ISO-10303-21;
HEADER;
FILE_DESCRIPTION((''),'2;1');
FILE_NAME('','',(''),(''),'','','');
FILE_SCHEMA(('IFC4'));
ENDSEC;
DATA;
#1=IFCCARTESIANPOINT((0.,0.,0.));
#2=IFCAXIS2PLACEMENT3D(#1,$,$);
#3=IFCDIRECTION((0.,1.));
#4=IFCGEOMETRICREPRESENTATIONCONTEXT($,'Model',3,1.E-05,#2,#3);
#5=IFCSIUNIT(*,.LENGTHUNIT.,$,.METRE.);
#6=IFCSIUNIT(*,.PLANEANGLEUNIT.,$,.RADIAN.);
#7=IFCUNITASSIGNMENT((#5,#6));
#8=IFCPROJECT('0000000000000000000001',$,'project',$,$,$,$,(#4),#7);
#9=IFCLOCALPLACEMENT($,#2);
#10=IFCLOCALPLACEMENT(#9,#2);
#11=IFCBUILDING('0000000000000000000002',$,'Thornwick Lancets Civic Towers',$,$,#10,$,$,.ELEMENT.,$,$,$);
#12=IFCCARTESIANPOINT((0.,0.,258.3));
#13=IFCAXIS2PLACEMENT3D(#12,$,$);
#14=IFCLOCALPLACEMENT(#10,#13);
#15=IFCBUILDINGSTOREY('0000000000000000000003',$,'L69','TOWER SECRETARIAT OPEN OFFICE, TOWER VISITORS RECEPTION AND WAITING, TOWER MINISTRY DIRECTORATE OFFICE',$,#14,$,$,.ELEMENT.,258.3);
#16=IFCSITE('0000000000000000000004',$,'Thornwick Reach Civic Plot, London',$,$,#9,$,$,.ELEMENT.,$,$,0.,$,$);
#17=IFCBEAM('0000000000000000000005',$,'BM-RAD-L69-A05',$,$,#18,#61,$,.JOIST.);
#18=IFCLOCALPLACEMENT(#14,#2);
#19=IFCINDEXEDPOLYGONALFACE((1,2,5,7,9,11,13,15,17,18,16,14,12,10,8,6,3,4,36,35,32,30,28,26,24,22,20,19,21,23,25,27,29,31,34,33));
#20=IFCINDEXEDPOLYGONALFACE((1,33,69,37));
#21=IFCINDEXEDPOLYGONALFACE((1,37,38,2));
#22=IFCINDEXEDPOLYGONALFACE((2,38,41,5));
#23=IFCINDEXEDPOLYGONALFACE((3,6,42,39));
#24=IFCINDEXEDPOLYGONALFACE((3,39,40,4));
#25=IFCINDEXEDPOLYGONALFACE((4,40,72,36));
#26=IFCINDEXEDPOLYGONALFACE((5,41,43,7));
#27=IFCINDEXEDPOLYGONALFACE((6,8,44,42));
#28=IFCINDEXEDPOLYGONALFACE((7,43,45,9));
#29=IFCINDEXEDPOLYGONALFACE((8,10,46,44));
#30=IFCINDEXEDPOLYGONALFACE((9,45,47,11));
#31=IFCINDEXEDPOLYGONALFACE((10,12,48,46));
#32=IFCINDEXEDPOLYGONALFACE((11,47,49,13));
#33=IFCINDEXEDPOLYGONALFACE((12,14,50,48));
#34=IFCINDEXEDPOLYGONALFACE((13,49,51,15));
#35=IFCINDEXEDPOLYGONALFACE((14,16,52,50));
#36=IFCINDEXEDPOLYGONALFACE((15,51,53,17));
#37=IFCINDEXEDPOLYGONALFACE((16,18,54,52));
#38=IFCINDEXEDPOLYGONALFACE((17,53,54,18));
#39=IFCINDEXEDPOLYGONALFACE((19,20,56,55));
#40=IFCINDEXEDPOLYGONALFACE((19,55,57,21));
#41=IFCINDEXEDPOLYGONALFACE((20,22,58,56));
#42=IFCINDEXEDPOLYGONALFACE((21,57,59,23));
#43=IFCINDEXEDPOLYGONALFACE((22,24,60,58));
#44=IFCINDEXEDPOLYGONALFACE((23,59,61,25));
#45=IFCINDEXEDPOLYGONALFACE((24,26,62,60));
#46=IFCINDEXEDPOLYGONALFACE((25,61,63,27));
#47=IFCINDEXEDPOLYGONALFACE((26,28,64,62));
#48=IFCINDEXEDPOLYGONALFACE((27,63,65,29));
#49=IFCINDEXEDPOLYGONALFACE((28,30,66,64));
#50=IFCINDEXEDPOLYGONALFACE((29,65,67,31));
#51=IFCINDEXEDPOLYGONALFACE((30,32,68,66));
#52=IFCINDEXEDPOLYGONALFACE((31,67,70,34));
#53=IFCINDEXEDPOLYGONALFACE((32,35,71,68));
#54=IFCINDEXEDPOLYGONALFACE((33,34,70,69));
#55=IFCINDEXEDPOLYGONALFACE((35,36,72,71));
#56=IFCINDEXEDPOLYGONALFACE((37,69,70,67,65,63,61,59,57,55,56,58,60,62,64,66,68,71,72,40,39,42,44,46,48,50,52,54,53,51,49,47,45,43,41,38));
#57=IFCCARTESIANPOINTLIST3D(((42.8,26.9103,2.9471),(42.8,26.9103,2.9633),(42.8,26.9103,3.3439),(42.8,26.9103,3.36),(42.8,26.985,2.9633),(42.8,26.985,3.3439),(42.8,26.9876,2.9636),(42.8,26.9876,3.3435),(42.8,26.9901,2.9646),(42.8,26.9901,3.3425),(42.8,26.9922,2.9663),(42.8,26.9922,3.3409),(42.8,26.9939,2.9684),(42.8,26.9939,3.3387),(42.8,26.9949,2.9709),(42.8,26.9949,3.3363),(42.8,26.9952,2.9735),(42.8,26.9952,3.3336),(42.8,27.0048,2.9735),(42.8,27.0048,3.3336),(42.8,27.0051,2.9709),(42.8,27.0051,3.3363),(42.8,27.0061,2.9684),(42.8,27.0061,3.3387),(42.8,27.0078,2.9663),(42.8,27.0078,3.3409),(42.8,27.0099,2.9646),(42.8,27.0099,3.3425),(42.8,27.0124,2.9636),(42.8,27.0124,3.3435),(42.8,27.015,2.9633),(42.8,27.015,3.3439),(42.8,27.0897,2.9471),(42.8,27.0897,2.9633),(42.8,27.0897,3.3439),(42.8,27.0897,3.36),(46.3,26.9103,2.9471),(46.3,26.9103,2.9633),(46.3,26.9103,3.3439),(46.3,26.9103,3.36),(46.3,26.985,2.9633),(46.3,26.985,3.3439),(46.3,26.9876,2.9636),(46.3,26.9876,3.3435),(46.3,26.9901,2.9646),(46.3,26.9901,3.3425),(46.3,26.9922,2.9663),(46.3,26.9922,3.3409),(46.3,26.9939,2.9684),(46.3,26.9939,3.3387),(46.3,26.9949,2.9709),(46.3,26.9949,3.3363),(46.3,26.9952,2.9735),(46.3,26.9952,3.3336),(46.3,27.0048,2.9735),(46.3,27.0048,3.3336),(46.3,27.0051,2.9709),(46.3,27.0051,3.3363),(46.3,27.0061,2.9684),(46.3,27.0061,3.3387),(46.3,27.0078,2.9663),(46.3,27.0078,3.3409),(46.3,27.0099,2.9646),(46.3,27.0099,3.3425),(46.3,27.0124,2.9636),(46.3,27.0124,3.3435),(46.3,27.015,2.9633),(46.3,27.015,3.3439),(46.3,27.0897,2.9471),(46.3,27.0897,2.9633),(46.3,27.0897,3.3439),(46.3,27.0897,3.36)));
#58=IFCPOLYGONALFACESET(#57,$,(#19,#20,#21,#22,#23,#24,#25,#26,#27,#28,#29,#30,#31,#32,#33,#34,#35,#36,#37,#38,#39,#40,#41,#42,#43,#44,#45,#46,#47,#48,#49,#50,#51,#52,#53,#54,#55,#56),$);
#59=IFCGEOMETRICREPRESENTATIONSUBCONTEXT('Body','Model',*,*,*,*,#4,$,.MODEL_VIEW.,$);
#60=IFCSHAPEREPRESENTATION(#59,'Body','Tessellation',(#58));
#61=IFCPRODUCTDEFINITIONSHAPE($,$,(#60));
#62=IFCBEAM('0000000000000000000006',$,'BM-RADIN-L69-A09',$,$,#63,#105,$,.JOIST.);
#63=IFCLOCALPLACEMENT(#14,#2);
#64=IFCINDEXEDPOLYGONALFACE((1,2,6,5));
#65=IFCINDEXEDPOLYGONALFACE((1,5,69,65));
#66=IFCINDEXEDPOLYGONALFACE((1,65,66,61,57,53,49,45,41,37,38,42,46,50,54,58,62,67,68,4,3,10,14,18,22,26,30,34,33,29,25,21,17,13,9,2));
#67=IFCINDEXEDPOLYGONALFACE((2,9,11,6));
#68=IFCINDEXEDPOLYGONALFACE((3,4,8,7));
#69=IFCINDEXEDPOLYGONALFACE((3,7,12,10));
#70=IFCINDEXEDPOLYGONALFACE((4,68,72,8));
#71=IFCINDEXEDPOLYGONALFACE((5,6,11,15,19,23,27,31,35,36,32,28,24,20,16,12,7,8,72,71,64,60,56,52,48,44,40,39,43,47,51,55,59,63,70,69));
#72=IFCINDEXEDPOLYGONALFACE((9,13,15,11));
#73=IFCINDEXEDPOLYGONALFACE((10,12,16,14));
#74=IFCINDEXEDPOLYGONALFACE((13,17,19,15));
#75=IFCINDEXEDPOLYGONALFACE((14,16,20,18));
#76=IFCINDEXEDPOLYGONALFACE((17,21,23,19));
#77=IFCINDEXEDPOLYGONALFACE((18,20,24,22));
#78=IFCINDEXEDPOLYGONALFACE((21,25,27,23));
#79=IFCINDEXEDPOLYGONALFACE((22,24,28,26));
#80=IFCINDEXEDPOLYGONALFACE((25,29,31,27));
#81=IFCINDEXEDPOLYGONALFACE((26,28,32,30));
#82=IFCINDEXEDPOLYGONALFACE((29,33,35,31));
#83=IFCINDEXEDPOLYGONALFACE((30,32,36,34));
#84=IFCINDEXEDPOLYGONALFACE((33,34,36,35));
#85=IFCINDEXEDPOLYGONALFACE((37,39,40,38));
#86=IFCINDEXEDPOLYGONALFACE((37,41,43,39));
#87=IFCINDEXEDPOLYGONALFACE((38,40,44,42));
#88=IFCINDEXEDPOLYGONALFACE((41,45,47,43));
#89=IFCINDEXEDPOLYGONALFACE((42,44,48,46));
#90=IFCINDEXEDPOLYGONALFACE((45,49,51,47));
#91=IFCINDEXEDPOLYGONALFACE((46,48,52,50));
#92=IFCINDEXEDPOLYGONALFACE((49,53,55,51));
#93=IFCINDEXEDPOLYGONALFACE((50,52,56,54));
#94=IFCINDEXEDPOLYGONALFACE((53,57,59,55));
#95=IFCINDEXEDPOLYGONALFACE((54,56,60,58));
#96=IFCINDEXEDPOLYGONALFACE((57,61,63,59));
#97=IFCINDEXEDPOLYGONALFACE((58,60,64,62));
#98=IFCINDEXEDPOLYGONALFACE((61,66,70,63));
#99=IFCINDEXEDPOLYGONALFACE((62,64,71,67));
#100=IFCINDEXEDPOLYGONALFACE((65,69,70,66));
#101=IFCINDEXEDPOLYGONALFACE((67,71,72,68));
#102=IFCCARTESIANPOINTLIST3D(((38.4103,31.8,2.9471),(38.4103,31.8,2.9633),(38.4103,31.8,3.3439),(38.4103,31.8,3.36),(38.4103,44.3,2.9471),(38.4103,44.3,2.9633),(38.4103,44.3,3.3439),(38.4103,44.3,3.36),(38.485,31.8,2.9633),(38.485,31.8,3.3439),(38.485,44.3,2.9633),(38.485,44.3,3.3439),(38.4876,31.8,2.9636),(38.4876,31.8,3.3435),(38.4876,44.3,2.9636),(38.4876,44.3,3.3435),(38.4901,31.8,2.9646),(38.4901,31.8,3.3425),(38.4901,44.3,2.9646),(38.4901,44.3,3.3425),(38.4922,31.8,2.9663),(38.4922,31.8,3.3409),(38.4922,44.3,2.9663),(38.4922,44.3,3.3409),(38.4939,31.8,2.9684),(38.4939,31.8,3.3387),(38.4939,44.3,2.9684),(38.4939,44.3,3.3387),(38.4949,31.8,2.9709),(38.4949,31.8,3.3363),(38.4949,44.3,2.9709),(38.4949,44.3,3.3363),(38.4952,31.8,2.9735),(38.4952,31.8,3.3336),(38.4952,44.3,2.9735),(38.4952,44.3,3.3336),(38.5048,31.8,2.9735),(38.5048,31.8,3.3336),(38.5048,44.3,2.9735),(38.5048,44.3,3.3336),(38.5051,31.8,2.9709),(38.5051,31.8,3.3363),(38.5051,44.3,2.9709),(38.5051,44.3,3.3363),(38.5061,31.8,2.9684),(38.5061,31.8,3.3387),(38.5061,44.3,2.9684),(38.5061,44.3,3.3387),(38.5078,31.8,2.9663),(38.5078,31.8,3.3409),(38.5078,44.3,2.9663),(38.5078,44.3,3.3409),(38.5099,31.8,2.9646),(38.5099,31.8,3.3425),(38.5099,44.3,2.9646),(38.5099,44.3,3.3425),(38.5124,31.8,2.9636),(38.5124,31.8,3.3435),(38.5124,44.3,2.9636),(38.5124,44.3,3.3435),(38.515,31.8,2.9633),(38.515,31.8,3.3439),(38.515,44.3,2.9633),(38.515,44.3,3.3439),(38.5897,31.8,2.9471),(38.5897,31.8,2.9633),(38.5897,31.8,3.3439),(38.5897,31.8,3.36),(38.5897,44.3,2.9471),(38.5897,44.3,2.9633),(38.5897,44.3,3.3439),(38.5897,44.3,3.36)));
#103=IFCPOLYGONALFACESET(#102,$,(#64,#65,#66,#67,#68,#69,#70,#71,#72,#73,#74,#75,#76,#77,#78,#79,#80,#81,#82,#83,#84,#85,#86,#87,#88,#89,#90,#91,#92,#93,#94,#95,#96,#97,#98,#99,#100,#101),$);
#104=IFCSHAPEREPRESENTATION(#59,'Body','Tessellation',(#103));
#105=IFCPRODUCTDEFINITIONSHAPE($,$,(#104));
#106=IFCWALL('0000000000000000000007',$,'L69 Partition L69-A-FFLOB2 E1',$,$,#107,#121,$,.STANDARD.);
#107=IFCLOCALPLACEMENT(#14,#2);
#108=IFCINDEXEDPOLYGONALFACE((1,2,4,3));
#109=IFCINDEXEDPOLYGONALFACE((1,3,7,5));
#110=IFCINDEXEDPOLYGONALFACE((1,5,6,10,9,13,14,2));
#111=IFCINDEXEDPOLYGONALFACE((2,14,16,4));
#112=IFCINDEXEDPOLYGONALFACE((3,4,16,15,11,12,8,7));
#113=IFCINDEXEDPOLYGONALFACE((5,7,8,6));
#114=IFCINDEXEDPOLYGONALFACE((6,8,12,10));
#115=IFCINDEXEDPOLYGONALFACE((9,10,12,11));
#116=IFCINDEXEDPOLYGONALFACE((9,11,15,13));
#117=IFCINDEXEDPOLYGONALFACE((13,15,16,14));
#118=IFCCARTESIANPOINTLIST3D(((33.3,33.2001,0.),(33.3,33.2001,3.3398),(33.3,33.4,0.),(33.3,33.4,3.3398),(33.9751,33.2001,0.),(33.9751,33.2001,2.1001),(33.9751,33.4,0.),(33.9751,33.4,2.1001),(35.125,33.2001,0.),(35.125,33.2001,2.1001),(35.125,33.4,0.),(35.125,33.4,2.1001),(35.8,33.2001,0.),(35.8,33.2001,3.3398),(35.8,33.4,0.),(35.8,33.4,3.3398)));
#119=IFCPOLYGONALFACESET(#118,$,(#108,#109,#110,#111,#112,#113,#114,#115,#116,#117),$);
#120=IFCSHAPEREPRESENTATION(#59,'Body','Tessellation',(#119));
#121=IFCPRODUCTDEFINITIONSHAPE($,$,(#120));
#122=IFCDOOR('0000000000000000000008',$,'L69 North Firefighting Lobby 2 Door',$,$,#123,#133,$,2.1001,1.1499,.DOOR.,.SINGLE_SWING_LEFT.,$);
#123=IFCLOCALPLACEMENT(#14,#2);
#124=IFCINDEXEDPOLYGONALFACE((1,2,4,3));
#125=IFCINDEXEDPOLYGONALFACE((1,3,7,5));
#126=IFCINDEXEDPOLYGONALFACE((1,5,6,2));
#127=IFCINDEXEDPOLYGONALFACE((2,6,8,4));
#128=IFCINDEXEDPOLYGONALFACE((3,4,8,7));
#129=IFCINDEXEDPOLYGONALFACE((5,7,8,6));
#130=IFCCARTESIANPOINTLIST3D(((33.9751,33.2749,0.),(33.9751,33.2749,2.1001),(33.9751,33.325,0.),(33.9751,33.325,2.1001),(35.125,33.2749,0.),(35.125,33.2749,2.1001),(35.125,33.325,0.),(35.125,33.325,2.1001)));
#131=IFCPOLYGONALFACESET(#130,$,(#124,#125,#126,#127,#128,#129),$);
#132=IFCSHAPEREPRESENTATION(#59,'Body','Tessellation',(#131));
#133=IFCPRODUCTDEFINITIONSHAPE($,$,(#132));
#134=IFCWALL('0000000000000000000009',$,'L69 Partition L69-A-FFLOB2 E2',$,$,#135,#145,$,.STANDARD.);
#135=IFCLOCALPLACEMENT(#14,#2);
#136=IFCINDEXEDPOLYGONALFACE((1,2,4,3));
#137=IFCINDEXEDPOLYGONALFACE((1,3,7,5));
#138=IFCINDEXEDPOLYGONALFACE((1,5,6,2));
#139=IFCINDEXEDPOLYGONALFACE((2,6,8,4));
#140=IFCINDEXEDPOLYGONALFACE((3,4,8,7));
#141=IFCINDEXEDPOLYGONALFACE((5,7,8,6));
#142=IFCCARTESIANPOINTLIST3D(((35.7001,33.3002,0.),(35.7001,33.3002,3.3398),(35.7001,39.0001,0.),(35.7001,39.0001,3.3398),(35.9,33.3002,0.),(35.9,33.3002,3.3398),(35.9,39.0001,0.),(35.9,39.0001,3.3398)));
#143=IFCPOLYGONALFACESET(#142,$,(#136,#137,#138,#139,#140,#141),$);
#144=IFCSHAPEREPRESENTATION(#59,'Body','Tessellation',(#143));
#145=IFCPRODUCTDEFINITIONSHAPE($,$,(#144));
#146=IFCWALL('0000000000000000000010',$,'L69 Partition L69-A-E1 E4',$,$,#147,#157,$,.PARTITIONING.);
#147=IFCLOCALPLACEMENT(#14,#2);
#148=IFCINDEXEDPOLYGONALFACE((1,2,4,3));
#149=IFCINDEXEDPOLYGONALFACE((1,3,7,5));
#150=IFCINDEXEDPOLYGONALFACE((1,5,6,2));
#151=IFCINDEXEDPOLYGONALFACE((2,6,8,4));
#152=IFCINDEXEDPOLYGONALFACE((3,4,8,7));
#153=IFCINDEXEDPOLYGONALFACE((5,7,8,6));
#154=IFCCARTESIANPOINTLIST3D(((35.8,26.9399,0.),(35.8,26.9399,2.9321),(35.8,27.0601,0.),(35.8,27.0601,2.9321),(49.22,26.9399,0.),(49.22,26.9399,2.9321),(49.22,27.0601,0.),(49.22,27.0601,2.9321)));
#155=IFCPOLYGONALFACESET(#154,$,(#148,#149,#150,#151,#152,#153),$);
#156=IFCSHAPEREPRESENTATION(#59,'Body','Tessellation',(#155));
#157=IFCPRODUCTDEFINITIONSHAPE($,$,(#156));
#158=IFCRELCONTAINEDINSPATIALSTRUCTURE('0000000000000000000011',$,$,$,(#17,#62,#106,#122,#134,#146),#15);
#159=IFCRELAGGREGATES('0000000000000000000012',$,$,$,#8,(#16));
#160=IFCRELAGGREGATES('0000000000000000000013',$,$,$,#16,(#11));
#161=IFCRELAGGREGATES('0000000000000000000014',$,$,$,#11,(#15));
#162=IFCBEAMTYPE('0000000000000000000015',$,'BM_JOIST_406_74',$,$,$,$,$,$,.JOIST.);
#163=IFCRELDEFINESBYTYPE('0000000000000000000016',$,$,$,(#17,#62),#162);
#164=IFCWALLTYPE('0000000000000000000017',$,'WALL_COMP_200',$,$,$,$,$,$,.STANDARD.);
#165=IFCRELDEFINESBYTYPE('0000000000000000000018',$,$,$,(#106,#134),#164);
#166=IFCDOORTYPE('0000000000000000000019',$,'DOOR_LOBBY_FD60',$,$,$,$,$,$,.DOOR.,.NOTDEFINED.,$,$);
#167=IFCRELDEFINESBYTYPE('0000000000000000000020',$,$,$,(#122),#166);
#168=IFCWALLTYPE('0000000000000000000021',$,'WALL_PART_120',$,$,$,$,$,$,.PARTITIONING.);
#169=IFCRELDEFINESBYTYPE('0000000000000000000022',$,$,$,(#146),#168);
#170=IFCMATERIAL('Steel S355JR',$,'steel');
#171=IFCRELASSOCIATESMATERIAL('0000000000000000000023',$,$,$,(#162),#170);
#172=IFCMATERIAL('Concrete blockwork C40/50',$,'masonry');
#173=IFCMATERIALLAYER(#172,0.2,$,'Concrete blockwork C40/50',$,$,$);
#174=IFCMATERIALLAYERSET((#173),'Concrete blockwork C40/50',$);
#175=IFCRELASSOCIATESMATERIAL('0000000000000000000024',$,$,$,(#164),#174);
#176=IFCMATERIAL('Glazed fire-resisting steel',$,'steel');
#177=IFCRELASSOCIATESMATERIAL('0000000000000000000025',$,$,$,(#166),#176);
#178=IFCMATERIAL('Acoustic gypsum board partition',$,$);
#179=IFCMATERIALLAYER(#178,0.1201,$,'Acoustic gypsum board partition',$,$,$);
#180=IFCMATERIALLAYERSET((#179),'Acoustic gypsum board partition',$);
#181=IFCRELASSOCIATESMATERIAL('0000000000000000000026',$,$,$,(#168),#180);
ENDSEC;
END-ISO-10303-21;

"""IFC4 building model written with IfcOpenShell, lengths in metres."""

from ifc_helpers import new_model, si_unit, direction, frame, frame_2d, origin, origin_2d, place, context, subcontext, project, spatial, rectangle, i_section, extrude, material, layer, layer_set, material_profile, profile_set, type_object, element, fill, save


model = new_model("IFC4")

# Units and contexts
model_context = context("Model", 3, precision=1e-05, world=origin(), true_north=direction((0.0, 1.0)))
body_context = subcontext(model_context, "Body", "Model", "MODEL_VIEW")
ifc_project = project(units=[si_unit("LENGTHUNIT", "METRE"), si_unit("PLANEANGLEUNIT", "RADIAN")], contexts=[model_context])

# Site, building, storey
site_placement = place(None, origin())
site = spatial("IfcSite", under=ifc_project, at=site_placement, Name="Thornwick Reach Civic Plot, London", CompositionType="ELEMENT", RefElevation=0.0)
building_placement = place(site_placement, origin())
building = spatial("IfcBuilding", under=site, at=building_placement, Name="Thornwick Lancets Civic Towers", CompositionType="ELEMENT")
storey_placement = place(building_placement, frame((0.0, 0.0, 258.3)))
storey = spatial("IfcBuildingStorey", under=building, at=storey_placement, Name="L69", Description="TOWER SECRETARIAT OPEN OFFICE, TOWER VISITORS RECEPTION AND WAITING, TOWER MINISTRY DIRECTORATE OFFICE", CompositionType="ELEMENT", Elevation=258.3)

# Shared definitions
ifc_material_1 = material(Name="Steel S355JR", Category="steel")

# Beams
ifc_material_profile_1 = material_profile(ifc_material_1, i_section(OverallWidth=0.1794, OverallDepth=0.4128, WebThickness=0.0095, FlangeThickness=0.0161, FilletRadius=0.0103, at=origin_2d()), Name="UKB 406x178x74")
ifc_profile_set_1 = profile_set([ifc_material_profile_1], Name="Steel S355JR")
beam_type_1 = type_object("IfcBeamType", Name="BM_JOIST_406_74", PredefinedType="JOIST", material=ifc_profile_set_1)
beam_1_placement = place(storey_placement, frame((42.8, 27.0, 3.1536), z_axis=(1.0, 0.0, 0.0), x_axis=(0.0, 1.0, 0.0)))
element("IfcBeam", 1, at=beam_1_placement, inside=storey, type_object=beam_type_1, Name="BM-RAD-L69-A05", PredefinedType="JOIST", context=body_context, shape_type="SweptSolid", body=[
    extrude(i_section(OverallWidth=0.1794, OverallDepth=0.4128, WebThickness=0.0095, FlangeThickness=0.0161, FilletRadius=0.0103, at=origin_2d()), origin(), (0.0, 0.0, 1.0), 3.5),
])
beam_2_placement = place(storey_placement, frame((38.5, 31.8, 3.1536), z_axis=(0.0, 1.0, 0.0), x_axis=(-1.0, 0.0, 0.0)))
element("IfcBeam", 2, at=beam_2_placement, inside=storey, type_object=beam_type_1, Name="BM-RADIN-L69-A09", PredefinedType="JOIST", context=body_context, shape_type="SweptSolid", body=[
    extrude(i_section(OverallWidth=0.1794, OverallDepth=0.4128, WebThickness=0.0095, FlangeThickness=0.0161, FilletRadius=0.0103, at=origin_2d()), origin(), (0.0, 0.0, 1.0), 12.5),
])

# Wall, opening, door
ifc_material_2 = material(Name="Concrete blockwork C40/50", Category="masonry")
ifc_layer_1 = layer(ifc_material_2, 0.2, Name="Concrete blockwork C40/50")
ifc_layer_set_1 = layer_set([ifc_layer_1], Name="Concrete blockwork C40/50")
wall_type_1 = type_object("IfcWallType", Name="WALL_COMP_200", PredefinedType="STANDARD", material=ifc_layer_set_1)
wall_1_placement = place(storey_placement, frame((33.3, 33.3, 0.0), z_axis=(0.0, 0.0, 1.0), x_axis=(1.0, 0.0, 0.0)))
wall_1 = element("IfcWall", 3, at=wall_1_placement, inside=storey, type_object=wall_type_1, Name="L69 Partition L69-A-FFLOB2 E1", PredefinedType="STANDARD", context=body_context, shape_type="SweptSolid", body=[
    extrude(rectangle(XDim=2.5, YDim=0.2, at=frame_2d((1.25, 0.0))), origin(), (0.0, 0.0, 1.0), 3.3398),
])
opening_1_placement = place(wall_1_placement, frame((0.675, 0.0, 0.0)))
opening_1 = element("IfcOpeningElement", 4, at=opening_1_placement, cuts=wall_1, PredefinedType="OPENING", context=body_context, shape_type="SweptSolid", body=[
    extrude(rectangle(XDim=1.1499, YDim=2.1001, at=frame_2d((0.575, 1.05))), frame((0.0, 0.1099, 0.0), z_axis=(0.0, -1.0, 0.0), x_axis=(1.0, 0.0, 0.0)), (0.0, 0.0, 1.0), 0.22),
])
ifc_material_3 = material(Name="Glazed fire-resisting steel", Category="steel")
door_type_1 = type_object("IfcDoorType", Name="DOOR_LOBBY_FD60", OperationType="NOTDEFINED", PredefinedType="DOOR", material=ifc_material_3)
door_1_placement = place(opening_1_placement, origin())
door_1 = element("IfcDoor", 5, at=door_1_placement, inside=storey, type_object=door_type_1, Name="L69 North Firefighting Lobby 2 Door", OperationType="SINGLE_SWING_LEFT", OverallHeight=2.1001, OverallWidth=1.1499, PredefinedType="DOOR", context=body_context, shape_type="SweptSolid", body=[
    extrude(rectangle(XDim=1.1499, YDim=2.1001, at=frame_2d((0.575, 1.05))), frame((0.0, 0.0249, 0.0), z_axis=(0.0, -1.0, 0.0), x_axis=(1.0, 0.0, 0.0)), (0.0, 0.0, 1.0), 0.05),
])
fill(opening_1, door_1)

# Walls
wall_2_placement = place(storey_placement, frame((35.8, 33.3, 0.0), z_axis=(0.0, 0.0, 1.0), x_axis=(0.0, 1.0, 0.0)))
element("IfcWall", 6, at=wall_2_placement, inside=storey, type_object=wall_type_1, Name="L69 Partition L69-A-FFLOB2 E2", PredefinedType="STANDARD", context=body_context, shape_type="SweptSolid", body=[
    extrude(rectangle(XDim=5.7, YDim=0.2, at=frame_2d((2.8501, 0.0))), origin(), (0.0, 0.0, 1.0), 3.3398),
])
ifc_material_4 = material(Name="Acoustic gypsum board partition")
ifc_layer_2 = layer(ifc_material_4, 0.1201, Name="Acoustic gypsum board partition")
ifc_layer_set_2 = layer_set([ifc_layer_2], Name="Acoustic gypsum board partition")
wall_type_2 = type_object("IfcWallType", Name="WALL_PART_120", PredefinedType="PARTITIONING", material=ifc_layer_set_2)
wall_3_placement = place(storey_placement, frame((35.8, 27.0, 0.0), z_axis=(0.0, 0.0, 1.0), x_axis=(1.0, 0.0, 0.0)))
element("IfcWall", 7, at=wall_3_placement, inside=storey, type_object=wall_type_2, Name="L69 Partition L69-A-E1 E4", PredefinedType="PARTITIONING", context=body_context, shape_type="SweptSolid", body=[
    extrude(rectangle(XDim=13.4199, YDim=0.1201, at=frame_2d((6.71, 0.0))), origin(), (0.0, 0.0, 1.0), 2.9321),
])

save(model, "model.ifc")
